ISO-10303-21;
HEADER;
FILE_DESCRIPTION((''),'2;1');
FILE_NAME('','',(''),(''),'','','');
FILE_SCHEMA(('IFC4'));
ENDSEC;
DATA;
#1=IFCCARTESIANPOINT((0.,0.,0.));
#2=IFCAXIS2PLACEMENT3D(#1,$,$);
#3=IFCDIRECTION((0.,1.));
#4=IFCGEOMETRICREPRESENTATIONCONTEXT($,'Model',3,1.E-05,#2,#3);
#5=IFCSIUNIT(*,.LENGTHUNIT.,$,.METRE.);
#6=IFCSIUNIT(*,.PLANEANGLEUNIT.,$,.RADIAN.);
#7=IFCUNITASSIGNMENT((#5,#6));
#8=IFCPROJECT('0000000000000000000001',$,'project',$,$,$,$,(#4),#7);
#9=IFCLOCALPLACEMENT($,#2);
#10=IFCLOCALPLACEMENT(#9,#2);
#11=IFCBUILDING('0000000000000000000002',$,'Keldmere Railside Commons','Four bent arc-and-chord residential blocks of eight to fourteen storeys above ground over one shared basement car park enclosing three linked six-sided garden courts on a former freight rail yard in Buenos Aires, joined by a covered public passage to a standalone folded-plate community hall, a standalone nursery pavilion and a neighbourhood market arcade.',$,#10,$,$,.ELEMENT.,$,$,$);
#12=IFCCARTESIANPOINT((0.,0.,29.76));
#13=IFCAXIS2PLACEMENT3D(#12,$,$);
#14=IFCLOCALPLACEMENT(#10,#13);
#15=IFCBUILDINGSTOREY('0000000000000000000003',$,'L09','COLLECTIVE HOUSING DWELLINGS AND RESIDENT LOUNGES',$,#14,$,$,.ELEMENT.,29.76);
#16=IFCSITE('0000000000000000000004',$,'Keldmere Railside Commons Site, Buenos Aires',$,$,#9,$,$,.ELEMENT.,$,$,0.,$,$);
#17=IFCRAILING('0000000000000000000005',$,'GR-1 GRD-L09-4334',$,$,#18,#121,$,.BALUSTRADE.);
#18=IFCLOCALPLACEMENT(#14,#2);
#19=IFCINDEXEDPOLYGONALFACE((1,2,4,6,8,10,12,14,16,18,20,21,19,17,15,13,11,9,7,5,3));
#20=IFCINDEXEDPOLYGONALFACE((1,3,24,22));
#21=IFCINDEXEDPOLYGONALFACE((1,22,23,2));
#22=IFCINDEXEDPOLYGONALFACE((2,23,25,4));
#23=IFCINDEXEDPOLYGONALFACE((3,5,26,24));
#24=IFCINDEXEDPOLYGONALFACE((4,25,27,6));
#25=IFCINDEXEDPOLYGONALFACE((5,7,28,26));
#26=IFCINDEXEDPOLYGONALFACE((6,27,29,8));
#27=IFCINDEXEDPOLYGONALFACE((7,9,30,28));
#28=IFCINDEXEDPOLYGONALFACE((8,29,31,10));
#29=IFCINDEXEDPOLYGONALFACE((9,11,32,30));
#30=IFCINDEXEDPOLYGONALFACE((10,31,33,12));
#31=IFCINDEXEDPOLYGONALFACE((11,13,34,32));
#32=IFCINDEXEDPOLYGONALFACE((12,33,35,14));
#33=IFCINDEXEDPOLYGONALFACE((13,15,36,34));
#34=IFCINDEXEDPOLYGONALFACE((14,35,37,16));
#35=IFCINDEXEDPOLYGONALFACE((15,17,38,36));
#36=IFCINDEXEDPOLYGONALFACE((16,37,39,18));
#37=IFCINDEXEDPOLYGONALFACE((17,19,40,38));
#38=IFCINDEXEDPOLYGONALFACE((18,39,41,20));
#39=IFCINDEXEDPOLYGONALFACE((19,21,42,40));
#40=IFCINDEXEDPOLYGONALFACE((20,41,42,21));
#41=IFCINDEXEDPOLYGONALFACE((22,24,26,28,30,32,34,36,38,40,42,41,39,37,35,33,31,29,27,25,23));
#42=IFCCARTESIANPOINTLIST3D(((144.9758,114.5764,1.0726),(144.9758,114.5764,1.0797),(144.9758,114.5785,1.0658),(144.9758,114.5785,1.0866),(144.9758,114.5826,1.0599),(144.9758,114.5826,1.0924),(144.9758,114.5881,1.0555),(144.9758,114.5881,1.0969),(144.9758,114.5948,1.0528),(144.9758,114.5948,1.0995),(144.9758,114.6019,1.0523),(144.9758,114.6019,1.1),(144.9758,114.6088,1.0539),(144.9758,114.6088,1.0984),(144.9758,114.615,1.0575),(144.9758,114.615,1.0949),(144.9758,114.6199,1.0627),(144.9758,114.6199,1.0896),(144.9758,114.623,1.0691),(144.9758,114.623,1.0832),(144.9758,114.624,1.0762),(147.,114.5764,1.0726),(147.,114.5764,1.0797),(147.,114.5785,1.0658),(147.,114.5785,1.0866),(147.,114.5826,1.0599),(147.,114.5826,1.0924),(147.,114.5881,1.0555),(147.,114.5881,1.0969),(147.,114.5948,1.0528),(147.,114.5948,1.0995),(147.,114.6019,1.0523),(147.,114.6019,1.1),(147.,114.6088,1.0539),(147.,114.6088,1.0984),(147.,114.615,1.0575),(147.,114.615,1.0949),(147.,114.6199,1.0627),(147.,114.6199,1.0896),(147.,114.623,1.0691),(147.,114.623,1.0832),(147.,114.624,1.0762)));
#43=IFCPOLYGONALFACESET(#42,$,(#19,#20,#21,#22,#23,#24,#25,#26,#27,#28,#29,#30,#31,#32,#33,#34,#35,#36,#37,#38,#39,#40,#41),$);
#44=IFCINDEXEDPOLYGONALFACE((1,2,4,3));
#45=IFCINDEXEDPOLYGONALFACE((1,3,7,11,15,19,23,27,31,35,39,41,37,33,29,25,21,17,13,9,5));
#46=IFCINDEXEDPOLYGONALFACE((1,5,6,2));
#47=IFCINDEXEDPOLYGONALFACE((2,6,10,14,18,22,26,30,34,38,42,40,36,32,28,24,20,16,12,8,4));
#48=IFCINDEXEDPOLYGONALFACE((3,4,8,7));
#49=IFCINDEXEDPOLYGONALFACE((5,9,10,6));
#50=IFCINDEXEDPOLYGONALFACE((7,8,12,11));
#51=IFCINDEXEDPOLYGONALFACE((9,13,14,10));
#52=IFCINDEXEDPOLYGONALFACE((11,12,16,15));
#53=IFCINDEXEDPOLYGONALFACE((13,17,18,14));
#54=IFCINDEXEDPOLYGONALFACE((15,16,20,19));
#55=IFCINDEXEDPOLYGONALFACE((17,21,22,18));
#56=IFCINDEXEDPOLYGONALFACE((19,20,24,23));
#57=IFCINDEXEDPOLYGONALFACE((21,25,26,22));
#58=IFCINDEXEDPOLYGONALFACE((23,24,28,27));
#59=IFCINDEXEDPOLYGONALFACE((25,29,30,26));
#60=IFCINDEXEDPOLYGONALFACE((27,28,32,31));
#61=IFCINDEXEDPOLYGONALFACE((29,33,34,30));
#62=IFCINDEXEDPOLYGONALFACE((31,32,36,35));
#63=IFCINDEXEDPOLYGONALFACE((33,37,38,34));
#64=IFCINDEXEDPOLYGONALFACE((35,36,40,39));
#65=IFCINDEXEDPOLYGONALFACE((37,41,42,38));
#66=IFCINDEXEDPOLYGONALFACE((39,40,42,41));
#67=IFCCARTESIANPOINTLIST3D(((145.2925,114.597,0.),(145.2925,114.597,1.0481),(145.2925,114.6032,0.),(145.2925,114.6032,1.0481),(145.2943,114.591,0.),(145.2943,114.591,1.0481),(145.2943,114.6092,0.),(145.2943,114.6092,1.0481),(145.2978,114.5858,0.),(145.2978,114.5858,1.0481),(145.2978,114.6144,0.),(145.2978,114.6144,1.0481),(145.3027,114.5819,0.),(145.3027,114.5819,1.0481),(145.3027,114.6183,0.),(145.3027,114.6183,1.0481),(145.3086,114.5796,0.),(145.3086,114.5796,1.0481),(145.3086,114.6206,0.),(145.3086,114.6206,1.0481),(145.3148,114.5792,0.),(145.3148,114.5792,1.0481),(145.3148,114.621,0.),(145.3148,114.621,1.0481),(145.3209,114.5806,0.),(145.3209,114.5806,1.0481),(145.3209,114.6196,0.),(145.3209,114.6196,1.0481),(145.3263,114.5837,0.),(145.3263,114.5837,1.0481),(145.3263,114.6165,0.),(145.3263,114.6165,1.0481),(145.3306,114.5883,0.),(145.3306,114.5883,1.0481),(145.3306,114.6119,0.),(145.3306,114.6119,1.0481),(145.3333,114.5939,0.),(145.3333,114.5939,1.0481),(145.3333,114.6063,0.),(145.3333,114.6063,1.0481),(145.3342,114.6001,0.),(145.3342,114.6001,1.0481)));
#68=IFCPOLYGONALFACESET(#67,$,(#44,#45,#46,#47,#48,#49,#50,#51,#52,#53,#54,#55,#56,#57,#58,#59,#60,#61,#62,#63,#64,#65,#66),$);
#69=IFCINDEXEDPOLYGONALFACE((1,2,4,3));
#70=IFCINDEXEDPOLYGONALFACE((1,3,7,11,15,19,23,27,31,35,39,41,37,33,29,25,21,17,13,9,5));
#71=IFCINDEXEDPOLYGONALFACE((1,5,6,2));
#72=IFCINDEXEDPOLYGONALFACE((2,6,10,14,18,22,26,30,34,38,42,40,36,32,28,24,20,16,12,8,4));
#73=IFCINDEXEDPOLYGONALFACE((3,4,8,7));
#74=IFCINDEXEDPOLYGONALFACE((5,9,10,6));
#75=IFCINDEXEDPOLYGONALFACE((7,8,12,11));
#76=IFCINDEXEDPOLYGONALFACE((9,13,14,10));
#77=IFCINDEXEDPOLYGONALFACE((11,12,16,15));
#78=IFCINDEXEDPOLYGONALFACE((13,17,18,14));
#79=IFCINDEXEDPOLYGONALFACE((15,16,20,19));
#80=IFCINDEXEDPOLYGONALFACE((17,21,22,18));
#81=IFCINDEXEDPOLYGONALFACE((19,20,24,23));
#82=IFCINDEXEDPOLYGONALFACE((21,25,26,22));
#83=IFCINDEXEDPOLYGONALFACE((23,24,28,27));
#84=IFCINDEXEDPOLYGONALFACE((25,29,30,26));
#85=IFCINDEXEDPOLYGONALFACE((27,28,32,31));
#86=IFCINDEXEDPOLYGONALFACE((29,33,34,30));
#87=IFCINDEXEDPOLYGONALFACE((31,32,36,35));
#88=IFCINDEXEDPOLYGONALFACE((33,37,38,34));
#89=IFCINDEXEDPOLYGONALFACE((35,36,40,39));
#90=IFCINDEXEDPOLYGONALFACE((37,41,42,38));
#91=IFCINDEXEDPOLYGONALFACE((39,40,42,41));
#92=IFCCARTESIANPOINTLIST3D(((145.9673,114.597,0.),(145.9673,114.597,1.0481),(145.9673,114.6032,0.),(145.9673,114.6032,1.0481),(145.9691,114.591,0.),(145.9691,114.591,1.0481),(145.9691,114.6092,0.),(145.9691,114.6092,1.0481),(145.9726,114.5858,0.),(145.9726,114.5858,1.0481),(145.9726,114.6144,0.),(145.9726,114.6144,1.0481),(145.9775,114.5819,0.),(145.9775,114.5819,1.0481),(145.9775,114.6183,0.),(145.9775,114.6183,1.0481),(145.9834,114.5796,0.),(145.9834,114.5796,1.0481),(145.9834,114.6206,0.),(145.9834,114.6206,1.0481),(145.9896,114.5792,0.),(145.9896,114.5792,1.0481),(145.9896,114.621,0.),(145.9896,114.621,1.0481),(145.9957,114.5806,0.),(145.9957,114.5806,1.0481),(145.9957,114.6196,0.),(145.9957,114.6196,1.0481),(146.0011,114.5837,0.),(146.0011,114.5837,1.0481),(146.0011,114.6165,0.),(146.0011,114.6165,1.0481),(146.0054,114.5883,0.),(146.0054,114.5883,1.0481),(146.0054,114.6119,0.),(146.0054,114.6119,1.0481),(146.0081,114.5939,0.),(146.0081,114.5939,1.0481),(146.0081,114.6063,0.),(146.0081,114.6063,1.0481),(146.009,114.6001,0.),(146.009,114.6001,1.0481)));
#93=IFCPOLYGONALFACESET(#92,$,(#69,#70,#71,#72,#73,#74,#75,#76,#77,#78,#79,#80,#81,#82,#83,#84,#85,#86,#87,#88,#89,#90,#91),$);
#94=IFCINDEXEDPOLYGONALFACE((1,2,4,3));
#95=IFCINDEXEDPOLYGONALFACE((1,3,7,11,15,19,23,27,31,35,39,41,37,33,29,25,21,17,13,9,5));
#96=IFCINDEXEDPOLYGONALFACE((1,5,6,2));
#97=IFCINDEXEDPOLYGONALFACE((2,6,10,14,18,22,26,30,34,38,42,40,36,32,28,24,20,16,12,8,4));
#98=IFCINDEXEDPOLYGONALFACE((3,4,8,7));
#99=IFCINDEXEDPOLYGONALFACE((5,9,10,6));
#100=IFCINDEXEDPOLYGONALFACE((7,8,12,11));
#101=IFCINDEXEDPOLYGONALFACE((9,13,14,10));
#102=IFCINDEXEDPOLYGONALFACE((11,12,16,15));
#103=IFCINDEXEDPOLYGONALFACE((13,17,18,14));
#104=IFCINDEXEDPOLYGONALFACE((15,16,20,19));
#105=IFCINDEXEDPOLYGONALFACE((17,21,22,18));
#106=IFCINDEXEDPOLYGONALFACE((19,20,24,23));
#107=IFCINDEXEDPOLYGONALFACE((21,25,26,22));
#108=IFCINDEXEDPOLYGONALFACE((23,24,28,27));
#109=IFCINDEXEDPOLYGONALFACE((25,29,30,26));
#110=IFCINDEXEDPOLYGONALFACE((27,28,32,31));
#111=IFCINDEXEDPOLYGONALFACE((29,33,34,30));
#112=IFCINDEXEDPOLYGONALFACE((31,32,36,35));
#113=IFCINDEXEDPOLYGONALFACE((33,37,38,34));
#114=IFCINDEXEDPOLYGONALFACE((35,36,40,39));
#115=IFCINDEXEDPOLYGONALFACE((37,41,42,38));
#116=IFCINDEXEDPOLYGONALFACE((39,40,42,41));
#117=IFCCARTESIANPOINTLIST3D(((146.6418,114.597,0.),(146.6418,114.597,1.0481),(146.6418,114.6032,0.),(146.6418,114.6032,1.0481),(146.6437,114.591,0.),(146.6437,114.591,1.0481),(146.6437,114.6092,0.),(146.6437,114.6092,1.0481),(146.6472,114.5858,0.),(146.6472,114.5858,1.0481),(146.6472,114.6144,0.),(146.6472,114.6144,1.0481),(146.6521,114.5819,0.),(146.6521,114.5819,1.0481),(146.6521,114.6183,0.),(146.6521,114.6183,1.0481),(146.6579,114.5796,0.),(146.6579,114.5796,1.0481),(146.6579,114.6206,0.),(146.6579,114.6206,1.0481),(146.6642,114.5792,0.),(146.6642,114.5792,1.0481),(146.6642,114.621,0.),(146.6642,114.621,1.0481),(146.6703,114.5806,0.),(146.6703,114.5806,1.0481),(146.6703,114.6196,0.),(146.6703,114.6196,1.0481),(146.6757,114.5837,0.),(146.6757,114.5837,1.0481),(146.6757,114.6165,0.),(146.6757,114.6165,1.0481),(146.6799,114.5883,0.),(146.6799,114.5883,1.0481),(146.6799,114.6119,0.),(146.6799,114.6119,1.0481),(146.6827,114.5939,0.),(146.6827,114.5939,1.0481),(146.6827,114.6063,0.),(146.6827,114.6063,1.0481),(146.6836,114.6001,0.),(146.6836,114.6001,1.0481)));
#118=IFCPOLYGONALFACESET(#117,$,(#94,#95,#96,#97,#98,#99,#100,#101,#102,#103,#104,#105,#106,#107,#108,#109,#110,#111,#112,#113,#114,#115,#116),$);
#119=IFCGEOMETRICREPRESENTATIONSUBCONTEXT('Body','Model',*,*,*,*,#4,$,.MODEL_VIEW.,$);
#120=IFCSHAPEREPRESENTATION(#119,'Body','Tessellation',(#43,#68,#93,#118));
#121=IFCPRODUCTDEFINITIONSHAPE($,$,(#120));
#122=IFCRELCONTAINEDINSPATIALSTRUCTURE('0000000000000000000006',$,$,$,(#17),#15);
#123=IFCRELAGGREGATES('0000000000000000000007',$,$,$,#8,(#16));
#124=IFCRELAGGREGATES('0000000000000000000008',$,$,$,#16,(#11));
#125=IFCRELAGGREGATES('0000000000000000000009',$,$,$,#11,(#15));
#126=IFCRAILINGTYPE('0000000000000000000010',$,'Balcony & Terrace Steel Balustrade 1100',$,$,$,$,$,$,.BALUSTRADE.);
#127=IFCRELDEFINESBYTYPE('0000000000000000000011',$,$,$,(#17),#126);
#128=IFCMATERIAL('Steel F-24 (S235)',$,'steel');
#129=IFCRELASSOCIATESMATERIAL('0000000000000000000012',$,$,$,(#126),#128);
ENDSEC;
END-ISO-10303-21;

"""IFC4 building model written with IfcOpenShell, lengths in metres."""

from ifc_helpers import new_model, si_unit, direction, frame, origin, origin_2d, place, context, subcontext, project, spatial, circle, extrude, material, type_object, element, save


model = new_model("IFC4")

# Units and contexts
model_context = context("Model", 3, precision=1e-05, world=origin(), true_north=direction((0.0, 1.0)))
body_context = subcontext(model_context, "Body", "Model", "MODEL_VIEW")
ifc_project = project(units=[si_unit("LENGTHUNIT", "METRE"), si_unit("PLANEANGLEUNIT", "RADIAN")], contexts=[model_context])

# Site, building, storey
site_placement = place(None, origin())
site = spatial("IfcSite", under=ifc_project, at=site_placement, Name="Keldmere Railside Commons Site, Buenos Aires", CompositionType="ELEMENT", RefElevation=0.0)
building_placement = place(site_placement, origin())
building = spatial("IfcBuilding", under=site, at=building_placement, Name="Keldmere Railside Commons", Description="Four bent arc-and-chord residential blocks of eight to fourteen storeys above ground over one shared basement car park enclosing three linked six-sided garden courts on a former freight rail yard in Buenos Aires, joined by a covered public passage to a standalone folded-plate community hall, a standalone nursery pavilion and a neighbourhood market arcade.", CompositionType="ELEMENT")
storey_placement = place(building_placement, frame((0.0, 0.0, 29.76)))
storey = spatial("IfcBuildingStorey", under=building, at=storey_placement, Name="L09", Description="COLLECTIVE HOUSING DWELLINGS AND RESIDENT LOUNGES", CompositionType="ELEMENT", Elevation=29.76)

# Railing
ifc_material_1 = material(Name="Steel F-24 (S235)", Category="steel")
railing_type = type_object("IfcRailingType", Name="Balcony & Terrace Steel Balustrade 1100", PredefinedType="BALUSTRADE", material=ifc_material_1)
railing_1_placement = place(storey_placement, frame((144.9758, 114.6001, 0.0)))
element("IfcRailing", 1, at=railing_1_placement, inside=storey, type_object=railing_type, Name="GR-1 GRD-L09-4334", PredefinedType="BALUSTRADE", context=body_context, shape_type="SweptSolid", body=[
    extrude(circle(Radius=0.0239, at=origin_2d()), frame((0.0, 0.0, 1.0762), z_axis=(1.0, 0.0, 0.0), x_axis=(0.0, 1.0, 0.0)), (0.0, 0.0, 1.0), 2.0242),
    extrude(circle(Radius=0.021, at=origin_2d()), frame((0.3374, 0.0, 0.0)), (0.0, 0.0, 1.0), 1.0481),
    extrude(circle(Radius=0.021, at=origin_2d()), frame((1.0122, 0.0, 0.0)), (0.0, 0.0, 1.0), 1.0481),
    extrude(circle(Radius=0.021, at=origin_2d()), frame((1.6868, 0.0, 0.0)), (0.0, 0.0, 1.0), 1.0481),
])

save(model, "model.ifc")
